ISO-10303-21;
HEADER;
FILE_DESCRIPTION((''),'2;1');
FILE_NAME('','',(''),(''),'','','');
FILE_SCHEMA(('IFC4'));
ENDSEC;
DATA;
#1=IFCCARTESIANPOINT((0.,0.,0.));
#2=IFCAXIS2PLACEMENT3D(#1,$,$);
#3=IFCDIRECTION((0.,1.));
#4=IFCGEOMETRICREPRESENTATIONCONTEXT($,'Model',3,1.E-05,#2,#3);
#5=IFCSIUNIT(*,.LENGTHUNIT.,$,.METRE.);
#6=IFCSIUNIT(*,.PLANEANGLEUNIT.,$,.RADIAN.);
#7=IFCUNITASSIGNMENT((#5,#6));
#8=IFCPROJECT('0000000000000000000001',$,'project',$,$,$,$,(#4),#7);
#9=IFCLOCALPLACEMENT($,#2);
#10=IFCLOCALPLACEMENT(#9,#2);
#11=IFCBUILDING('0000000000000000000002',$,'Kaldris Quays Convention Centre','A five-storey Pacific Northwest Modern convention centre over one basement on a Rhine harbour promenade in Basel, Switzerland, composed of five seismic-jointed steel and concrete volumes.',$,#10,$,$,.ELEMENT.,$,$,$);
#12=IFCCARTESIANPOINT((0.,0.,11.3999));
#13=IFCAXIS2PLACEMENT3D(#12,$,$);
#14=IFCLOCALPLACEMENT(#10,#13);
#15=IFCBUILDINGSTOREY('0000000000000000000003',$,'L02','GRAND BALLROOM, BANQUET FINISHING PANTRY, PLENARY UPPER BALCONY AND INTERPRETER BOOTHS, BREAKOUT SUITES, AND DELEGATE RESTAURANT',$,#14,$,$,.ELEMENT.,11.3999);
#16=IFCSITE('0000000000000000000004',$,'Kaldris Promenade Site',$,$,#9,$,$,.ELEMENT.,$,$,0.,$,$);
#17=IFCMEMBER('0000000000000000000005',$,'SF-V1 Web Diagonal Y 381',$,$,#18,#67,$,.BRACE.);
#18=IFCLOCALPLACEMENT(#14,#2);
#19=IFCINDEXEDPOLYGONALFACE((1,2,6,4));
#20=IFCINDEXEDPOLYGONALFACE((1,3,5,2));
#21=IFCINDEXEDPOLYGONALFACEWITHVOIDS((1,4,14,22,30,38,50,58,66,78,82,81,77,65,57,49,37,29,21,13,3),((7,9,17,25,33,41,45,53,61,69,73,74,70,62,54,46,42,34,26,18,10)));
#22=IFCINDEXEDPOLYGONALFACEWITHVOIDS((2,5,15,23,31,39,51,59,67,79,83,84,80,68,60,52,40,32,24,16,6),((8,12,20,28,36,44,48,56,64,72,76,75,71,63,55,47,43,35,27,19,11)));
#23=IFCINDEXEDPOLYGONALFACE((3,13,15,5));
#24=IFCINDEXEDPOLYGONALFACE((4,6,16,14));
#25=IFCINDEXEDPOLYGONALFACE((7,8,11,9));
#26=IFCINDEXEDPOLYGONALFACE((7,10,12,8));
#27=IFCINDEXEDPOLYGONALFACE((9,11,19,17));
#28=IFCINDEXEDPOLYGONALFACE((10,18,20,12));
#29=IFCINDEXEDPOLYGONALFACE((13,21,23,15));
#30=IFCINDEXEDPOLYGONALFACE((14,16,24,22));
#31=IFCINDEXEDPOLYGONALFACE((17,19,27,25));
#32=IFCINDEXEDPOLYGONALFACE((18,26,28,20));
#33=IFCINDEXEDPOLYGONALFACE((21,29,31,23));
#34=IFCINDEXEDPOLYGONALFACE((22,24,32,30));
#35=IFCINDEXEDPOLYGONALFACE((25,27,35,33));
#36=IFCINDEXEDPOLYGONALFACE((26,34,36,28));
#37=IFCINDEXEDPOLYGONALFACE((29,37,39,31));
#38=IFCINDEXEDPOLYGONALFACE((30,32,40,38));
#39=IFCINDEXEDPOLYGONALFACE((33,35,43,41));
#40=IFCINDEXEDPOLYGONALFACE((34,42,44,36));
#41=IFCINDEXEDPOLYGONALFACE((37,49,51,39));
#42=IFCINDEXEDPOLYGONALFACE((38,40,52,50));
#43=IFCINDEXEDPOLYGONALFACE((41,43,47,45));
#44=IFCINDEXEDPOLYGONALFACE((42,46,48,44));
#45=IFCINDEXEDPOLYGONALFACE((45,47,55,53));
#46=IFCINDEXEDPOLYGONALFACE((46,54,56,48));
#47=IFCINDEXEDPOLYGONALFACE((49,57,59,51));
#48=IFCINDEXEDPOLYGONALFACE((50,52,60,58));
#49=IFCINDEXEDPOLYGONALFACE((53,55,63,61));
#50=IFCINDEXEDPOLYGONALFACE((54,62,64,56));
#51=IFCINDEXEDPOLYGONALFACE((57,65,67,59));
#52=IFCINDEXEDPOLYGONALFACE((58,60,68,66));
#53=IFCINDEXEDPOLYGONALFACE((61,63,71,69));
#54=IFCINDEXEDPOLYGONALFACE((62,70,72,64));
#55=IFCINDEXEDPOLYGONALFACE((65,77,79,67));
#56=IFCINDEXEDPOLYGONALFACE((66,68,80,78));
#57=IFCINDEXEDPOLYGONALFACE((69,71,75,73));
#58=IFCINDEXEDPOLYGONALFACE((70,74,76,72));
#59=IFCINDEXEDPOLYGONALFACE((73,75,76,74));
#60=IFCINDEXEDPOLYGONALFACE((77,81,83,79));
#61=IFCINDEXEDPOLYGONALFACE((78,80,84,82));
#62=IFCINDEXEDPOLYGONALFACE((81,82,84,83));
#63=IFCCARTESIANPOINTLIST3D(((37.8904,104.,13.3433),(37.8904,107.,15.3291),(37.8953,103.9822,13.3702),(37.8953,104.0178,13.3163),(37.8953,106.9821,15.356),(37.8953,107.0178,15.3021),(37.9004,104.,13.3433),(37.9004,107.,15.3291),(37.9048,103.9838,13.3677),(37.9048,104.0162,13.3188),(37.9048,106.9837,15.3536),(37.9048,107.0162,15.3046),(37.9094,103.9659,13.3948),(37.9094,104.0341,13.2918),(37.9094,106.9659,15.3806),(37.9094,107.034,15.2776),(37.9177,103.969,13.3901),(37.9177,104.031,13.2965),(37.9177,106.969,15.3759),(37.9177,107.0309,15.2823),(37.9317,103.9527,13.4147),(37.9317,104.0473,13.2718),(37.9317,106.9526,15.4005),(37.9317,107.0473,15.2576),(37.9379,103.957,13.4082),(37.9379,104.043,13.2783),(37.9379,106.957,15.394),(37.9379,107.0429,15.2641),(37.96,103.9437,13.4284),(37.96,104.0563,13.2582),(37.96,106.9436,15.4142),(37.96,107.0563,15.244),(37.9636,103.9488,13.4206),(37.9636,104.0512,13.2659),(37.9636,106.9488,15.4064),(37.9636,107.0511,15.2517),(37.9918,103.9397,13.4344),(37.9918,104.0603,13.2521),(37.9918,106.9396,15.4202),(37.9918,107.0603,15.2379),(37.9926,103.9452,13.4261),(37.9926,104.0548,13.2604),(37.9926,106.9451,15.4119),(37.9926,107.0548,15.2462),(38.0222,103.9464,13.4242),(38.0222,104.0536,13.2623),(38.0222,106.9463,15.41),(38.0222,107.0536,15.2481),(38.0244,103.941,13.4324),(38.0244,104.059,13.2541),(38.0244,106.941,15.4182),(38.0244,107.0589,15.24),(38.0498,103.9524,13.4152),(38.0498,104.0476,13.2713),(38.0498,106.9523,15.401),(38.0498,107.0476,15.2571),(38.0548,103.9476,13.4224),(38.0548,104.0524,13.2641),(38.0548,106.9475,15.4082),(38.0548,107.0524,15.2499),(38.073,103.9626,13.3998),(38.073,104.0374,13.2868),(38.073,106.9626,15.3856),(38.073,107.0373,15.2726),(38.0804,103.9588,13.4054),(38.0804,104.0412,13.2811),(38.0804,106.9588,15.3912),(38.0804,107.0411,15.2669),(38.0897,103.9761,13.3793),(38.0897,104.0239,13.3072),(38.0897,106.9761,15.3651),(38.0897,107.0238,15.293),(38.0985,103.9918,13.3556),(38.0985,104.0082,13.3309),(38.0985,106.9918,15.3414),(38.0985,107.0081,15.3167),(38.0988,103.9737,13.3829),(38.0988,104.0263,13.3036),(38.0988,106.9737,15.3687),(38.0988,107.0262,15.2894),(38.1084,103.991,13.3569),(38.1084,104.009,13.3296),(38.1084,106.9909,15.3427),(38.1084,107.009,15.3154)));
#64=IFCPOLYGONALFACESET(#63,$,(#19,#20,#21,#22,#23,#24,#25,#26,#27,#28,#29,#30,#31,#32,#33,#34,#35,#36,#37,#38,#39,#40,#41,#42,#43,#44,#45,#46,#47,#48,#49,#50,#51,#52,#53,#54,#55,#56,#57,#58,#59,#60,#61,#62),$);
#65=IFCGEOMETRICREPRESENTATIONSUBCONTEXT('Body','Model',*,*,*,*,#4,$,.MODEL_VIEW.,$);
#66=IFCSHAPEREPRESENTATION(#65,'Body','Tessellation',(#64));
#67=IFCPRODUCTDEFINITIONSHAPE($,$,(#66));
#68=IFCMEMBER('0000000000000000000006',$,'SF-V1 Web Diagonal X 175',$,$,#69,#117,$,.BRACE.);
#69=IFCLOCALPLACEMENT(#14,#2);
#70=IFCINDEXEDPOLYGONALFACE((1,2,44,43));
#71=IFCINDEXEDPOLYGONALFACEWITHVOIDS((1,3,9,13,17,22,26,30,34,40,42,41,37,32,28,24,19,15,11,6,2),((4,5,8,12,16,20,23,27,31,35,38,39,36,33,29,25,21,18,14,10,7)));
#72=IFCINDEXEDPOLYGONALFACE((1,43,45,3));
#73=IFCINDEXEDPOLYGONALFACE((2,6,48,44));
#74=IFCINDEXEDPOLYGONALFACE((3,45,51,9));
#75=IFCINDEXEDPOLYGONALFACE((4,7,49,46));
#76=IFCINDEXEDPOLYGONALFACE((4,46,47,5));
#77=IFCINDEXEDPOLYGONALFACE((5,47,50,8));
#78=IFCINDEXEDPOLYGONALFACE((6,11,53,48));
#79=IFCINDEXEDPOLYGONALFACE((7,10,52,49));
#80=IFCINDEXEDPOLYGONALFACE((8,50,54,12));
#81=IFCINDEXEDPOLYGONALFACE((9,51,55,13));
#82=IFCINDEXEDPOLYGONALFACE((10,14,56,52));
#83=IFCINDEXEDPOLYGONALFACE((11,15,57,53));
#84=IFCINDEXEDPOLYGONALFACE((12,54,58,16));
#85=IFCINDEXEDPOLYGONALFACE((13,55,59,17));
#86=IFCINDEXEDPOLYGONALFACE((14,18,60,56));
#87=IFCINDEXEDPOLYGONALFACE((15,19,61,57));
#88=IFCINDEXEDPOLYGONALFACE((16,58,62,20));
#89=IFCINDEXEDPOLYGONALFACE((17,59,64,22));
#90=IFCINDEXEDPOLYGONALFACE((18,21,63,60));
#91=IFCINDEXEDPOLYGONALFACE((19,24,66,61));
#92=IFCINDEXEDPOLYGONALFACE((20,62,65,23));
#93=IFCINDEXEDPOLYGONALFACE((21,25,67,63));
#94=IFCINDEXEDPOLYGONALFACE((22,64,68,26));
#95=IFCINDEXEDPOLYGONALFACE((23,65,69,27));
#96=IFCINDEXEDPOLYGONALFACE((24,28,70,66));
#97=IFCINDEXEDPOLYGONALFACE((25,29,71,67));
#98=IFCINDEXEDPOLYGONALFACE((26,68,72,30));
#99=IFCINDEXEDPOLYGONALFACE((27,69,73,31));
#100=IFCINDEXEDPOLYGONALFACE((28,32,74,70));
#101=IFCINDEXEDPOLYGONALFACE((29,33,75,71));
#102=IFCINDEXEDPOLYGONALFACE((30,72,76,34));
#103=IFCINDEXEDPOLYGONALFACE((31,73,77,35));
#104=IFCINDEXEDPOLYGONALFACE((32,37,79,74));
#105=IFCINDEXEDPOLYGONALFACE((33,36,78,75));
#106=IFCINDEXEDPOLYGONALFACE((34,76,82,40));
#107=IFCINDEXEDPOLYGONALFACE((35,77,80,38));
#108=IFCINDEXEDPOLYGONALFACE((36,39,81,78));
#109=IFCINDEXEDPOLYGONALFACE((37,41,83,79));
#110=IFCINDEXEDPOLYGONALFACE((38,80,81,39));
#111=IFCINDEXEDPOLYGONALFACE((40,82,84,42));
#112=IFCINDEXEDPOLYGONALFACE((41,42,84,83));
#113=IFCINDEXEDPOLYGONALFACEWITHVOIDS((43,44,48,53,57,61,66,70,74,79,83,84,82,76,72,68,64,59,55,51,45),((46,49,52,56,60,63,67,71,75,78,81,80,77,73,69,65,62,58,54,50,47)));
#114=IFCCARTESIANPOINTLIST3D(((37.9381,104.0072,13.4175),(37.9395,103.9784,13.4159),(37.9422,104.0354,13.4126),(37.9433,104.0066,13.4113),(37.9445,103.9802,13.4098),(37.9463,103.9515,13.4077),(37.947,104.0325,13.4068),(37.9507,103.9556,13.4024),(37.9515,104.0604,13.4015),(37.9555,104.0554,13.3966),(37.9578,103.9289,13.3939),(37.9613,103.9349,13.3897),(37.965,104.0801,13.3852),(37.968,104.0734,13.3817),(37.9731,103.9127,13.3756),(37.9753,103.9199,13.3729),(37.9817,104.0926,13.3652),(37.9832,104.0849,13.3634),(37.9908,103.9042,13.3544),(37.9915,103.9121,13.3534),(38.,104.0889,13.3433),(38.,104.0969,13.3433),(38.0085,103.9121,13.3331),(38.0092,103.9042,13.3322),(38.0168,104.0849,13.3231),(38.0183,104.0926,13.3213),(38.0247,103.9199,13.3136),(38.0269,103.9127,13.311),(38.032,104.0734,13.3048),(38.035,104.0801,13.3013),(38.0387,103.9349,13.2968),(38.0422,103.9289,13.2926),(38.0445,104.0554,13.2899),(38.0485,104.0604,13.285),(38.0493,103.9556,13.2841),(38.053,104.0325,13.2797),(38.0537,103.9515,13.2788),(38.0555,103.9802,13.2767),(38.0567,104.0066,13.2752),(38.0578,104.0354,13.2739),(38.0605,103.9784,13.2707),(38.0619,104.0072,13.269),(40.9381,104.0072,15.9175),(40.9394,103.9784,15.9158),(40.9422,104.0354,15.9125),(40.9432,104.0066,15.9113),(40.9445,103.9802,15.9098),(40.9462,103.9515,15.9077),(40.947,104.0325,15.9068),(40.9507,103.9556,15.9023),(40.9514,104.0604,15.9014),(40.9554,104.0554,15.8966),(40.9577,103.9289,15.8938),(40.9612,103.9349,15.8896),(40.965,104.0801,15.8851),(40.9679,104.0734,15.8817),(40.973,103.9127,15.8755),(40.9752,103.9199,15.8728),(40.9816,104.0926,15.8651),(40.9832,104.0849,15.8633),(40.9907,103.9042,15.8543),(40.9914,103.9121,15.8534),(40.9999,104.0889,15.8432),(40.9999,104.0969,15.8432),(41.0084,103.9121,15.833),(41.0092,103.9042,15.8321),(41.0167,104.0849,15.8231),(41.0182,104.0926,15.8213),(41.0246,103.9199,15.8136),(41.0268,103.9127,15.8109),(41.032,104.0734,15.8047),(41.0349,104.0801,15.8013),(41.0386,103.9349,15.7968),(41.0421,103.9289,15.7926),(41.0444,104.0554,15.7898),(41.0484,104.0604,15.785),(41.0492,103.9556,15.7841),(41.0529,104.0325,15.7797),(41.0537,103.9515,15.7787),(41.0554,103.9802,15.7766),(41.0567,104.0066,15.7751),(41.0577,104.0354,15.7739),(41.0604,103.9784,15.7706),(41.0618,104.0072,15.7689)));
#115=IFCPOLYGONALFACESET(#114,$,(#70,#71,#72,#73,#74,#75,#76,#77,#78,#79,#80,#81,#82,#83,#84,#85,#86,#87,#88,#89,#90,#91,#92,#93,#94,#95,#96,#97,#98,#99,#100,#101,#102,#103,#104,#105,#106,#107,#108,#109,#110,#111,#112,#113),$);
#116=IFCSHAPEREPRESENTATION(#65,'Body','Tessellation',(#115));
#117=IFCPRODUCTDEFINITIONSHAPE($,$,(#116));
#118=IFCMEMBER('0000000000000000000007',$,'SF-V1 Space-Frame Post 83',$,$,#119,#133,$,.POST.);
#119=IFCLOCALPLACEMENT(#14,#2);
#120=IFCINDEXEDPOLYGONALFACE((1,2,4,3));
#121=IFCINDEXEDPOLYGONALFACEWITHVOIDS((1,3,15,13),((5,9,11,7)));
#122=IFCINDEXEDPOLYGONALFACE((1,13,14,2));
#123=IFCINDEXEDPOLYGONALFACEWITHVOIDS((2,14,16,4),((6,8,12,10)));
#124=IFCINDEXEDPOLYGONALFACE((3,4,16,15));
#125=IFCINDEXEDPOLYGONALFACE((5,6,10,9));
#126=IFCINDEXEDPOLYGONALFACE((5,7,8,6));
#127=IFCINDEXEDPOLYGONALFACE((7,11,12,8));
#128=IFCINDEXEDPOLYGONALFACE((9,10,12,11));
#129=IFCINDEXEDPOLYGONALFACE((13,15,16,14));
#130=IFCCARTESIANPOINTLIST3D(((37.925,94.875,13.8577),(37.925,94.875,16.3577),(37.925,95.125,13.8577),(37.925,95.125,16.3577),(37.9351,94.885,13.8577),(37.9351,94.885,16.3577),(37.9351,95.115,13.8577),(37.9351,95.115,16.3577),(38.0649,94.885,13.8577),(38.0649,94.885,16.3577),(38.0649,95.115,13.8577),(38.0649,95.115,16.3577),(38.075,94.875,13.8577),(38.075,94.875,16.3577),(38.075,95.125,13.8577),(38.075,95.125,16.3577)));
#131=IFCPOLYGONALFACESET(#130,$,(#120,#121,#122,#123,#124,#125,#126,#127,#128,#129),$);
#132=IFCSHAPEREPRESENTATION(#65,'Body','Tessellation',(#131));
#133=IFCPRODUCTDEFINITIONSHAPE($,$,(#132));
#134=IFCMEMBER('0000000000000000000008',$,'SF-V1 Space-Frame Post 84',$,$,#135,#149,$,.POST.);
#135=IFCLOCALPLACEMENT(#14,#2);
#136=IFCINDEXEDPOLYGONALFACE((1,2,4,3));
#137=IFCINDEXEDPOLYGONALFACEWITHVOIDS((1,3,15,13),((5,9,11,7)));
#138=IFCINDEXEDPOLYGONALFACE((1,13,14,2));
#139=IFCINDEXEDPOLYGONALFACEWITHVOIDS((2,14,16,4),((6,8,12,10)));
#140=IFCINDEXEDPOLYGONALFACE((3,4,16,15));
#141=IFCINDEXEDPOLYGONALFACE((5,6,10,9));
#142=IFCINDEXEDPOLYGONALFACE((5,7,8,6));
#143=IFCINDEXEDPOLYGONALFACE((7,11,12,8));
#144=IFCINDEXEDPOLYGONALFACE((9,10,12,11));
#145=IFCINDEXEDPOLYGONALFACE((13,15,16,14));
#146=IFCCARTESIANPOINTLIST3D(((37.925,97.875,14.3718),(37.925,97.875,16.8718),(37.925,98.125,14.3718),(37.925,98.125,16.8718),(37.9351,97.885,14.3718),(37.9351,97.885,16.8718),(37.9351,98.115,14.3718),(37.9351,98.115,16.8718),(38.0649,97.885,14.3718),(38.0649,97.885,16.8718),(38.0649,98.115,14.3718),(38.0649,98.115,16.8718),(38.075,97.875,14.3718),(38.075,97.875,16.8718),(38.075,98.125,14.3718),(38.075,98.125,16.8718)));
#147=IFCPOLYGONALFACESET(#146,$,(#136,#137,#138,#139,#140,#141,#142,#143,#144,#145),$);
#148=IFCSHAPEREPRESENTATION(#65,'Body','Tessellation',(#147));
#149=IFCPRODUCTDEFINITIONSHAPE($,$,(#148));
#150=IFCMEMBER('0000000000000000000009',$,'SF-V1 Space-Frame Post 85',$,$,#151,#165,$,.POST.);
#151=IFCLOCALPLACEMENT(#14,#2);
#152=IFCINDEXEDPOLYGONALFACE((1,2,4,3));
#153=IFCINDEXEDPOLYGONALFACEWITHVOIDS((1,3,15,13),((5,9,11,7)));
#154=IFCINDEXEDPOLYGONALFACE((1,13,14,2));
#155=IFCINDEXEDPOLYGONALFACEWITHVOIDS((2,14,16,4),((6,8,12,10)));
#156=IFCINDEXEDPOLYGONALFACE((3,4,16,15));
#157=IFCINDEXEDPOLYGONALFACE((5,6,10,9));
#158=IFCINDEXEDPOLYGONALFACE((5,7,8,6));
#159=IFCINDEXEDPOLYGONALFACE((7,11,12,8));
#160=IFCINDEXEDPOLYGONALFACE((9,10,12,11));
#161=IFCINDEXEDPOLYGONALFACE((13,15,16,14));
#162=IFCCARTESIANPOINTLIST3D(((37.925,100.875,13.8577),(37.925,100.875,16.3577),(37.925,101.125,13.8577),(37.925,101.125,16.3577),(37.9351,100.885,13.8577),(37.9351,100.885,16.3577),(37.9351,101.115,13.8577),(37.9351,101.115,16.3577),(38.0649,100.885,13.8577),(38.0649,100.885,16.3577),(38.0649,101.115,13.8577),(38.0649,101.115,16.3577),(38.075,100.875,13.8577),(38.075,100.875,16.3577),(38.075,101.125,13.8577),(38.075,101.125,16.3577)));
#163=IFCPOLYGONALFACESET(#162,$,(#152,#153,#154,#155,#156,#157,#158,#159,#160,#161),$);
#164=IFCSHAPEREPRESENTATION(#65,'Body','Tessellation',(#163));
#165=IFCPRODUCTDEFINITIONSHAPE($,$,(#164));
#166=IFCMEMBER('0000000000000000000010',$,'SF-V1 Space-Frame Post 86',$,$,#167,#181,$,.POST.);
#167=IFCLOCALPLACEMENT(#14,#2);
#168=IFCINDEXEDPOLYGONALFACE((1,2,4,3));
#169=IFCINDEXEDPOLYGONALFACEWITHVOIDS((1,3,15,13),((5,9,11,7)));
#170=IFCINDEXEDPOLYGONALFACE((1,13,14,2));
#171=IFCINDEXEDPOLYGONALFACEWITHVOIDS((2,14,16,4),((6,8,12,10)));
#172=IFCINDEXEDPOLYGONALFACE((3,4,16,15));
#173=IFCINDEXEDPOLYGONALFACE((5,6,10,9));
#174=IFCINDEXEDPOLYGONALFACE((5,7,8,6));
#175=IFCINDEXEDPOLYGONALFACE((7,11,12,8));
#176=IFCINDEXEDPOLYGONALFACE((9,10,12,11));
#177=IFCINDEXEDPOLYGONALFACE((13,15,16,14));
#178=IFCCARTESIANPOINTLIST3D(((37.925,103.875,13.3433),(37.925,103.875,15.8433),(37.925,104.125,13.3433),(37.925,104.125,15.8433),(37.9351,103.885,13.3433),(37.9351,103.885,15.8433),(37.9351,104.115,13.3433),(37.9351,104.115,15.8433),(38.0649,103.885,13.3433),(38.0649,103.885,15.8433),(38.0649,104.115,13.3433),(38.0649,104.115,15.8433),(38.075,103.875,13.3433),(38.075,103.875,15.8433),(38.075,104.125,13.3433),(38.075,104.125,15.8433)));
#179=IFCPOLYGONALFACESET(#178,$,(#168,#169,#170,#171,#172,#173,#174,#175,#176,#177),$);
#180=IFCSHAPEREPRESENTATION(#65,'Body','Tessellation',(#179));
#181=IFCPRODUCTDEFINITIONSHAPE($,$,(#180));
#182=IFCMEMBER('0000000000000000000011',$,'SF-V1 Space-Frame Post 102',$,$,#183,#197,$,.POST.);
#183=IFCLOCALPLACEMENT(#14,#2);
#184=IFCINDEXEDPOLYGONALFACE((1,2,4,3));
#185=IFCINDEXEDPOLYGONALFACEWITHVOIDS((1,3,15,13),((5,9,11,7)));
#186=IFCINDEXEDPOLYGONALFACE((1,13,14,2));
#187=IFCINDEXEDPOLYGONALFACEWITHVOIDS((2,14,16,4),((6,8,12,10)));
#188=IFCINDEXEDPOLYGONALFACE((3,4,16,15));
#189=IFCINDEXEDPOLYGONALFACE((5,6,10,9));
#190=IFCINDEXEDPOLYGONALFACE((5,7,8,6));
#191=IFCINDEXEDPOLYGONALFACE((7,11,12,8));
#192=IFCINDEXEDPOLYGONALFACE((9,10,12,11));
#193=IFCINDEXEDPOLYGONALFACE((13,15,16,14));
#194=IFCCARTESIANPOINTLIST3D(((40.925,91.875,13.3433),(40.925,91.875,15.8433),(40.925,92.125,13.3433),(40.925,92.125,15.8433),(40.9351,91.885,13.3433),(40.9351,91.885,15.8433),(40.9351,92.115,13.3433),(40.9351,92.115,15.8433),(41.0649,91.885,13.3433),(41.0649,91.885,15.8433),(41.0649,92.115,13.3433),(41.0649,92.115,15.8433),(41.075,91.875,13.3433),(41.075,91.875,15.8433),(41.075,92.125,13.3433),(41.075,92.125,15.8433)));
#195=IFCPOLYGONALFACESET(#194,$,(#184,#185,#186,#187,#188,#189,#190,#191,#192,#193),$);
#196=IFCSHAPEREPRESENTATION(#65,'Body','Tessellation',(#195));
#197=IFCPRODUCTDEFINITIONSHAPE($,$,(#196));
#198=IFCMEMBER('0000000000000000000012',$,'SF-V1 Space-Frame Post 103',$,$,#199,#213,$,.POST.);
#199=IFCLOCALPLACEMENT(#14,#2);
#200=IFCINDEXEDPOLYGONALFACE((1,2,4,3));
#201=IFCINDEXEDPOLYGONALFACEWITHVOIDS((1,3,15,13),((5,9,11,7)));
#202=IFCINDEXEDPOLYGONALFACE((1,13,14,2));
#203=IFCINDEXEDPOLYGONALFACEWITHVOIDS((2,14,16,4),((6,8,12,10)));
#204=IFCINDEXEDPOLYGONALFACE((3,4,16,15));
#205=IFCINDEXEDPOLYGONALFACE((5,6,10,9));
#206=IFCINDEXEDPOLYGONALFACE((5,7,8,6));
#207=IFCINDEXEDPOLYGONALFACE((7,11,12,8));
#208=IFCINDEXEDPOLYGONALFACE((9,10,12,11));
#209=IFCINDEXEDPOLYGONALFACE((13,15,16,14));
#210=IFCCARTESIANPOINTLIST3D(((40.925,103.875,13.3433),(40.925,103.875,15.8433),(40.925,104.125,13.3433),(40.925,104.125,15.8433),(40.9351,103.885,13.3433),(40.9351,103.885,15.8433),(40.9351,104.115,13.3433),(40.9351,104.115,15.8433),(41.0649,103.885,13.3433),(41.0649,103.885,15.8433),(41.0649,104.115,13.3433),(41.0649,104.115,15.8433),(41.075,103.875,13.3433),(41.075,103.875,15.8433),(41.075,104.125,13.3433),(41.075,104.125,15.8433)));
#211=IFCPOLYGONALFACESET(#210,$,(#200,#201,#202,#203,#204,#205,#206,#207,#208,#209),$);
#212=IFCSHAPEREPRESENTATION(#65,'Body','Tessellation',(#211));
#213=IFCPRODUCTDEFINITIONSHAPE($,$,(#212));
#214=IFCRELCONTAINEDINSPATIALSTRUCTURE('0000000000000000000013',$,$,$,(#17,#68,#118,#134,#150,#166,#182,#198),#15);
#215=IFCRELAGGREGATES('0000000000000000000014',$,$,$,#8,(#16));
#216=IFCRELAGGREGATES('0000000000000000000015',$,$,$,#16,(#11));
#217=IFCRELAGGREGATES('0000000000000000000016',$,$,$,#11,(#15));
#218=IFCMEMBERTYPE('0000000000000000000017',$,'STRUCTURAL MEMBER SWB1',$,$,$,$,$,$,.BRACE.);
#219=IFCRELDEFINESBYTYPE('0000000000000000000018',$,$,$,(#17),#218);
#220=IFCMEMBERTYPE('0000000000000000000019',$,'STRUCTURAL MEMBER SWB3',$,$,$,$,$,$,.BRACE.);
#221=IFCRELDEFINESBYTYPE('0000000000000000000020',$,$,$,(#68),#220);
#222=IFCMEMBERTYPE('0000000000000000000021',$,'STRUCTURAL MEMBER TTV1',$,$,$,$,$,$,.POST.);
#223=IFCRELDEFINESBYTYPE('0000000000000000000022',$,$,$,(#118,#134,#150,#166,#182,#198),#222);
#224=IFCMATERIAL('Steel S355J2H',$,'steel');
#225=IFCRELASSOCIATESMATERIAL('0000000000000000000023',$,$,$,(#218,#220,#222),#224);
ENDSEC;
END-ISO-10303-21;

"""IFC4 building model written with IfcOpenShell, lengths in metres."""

from ifc_helpers import new_model, si_unit, direction, frame, origin, origin_2d, place, context, subcontext, project, spatial, hollow_rectangle, hollow_circle, extrude, material, material_profile, profile_set, type_object, element, save


model = new_model("IFC4")

# Units and contexts
model_context = context("Model", 3, precision=1e-05, world=origin(), true_north=direction((0.0, 1.0)))
body_context = subcontext(model_context, "Body", "Model", "MODEL_VIEW")
ifc_project = project(units=[si_unit("LENGTHUNIT", "METRE"), si_unit("PLANEANGLEUNIT", "RADIAN")], contexts=[model_context])

# Site, building, storey
site_placement = place(None, origin())
site = spatial("IfcSite", under=ifc_project, at=site_placement, Name="Kaldris Promenade Site", CompositionType="ELEMENT", RefElevation=0.0)
building_placement = place(site_placement, origin())
building = spatial("IfcBuilding", under=site, at=building_placement, Name="Kaldris Quays Convention Centre", Description="A five-storey Pacific Northwest Modern convention centre over one basement on a Rhine harbour promenade in Basel, Switzerland, composed of five seismic-jointed steel and concrete volumes.", CompositionType="ELEMENT")
storey_placement = place(building_placement, frame((0.0, 0.0, 11.3999)))
storey = spatial("IfcBuildingStorey", under=building, at=storey_placement, Name="L02", Description="GRAND BALLROOM, BANQUET FINISHING PANTRY, PLENARY UPPER BALCONY AND INTERPRETER BOOTHS, BREAKOUT SUITES, AND DELEGATE RESTAURANT", CompositionType="ELEMENT", Elevation=11.3999)

# Members
ifc_material_1 = material(Name="Steel S355J2H", Category="steel")
ifc_material_profile_1 = material_profile(ifc_material_1, hollow_circle(Radius=0.1096, WallThickness=0.01, at=origin_2d()), Name="CHS 219.1x10")
ifc_profile_set_1 = profile_set([ifc_material_profile_1], Name="Steel S355J2H")
member_type_1 = type_object("IfcMemberType", Name="STRUCTURAL MEMBER SWB1", PredefinedType="BRACE", material=ifc_profile_set_1)
member_1_placement = place(storey_placement, frame((38.0, 104.0, 13.3433), z_axis=(0.0, 0.833862, 0.551972), x_axis=(-1.0, 0.0, 0.0)))
element("IfcMember", 1, at=member_1_placement, inside=storey, type_object=member_type_1, Name="SF-V1 Web Diagonal Y 381", PredefinedType="BRACE", context=body_context, shape_type="SweptSolid", body=[
    extrude(hollow_circle(Radius=0.1096, WallThickness=0.01, at=origin_2d()), origin(), (0.0, 0.0, 1.0), 3.5977),
])
ifc_material_profile_2 = material_profile(ifc_material_1, hollow_circle(Radius=0.0969, WallThickness=0.0081, at=origin_2d()), Name="CHS 193.7x8")
ifc_profile_set_2 = profile_set([ifc_material_profile_2], Name="Steel S355J2H")
member_type_2 = type_object("IfcMemberType", Name="STRUCTURAL MEMBER SWB3", PredefinedType="BRACE", material=ifc_profile_set_2)
member_2_placement = place(storey_placement, frame((38.0, 104.0, 13.3433), z_axis=(0.768221, 0.0, 0.640184), x_axis=(0.0, 1.0, 0.0)))
element("IfcMember", 2, at=member_2_placement, inside=storey, type_object=member_type_2, Name="SF-V1 Web Diagonal X 175", PredefinedType="BRACE", context=body_context, shape_type="SweptSolid", body=[
    extrude(hollow_circle(Radius=0.0969, WallThickness=0.0081, at=origin_2d()), origin(), (0.0, 0.0, 1.0), 3.905),
])
ifc_material_profile_3 = material_profile(ifc_material_1, hollow_rectangle(XDim=0.1499, YDim=0.25, WallThickness=0.01, at=origin_2d()), Name="RHS 250x150x10")
ifc_profile_set_3 = profile_set([ifc_material_profile_3], Name="Steel S355J2H")
member_type_3 = type_object("IfcMemberType", Name="STRUCTURAL MEMBER TTV1", PredefinedType="POST", material=ifc_profile_set_3)
for number, where, z_axis, x_axis, name in (
    (3, (38.0, 95.0, 13.8577), (0.0, 0.0, 1.0), (1.0, 0.0, 0.0), "SF-V1 Space-Frame Post 83"),
    (4, (38.0, 98.0, 14.3718), (0.0, 0.0, 1.0), (1.0, 0.0, 0.0), "SF-V1 Space-Frame Post 84"),
    (5, (38.0, 101.0, 13.8577), (0.0, 0.0, 1.0), (1.0, 0.0, 0.0), "SF-V1 Space-Frame Post 85"),
    (6, (38.0, 104.0, 13.3433), (0.0, 0.0, 1.0), (1.0, 0.0, 0.0), "SF-V1 Space-Frame Post 86"),
    (7, (41.0, 92.0, 13.3433), (0.0, 0.0, 1.0), (1.0, 0.0, 0.0), "SF-V1 Space-Frame Post 102"),
    (8, (41.0, 104.0, 13.3433), (0.0, 0.0, 1.0), (1.0, 0.0, 0.0), "SF-V1 Space-Frame Post 103"),
):
    element("IfcMember", number, at=place(storey_placement, frame(where, z_axis=z_axis, x_axis=x_axis)), inside=storey, type_object=member_type_3, Name=name, PredefinedType="POST", context=body_context, shape_type="SweptSolid", body=[
        extrude(hollow_rectangle(XDim=0.1499, YDim=0.25, WallThickness=0.01, at=origin_2d()), origin(), (0.0, 0.0, 1.0), 2.5),
    ])

save(model, "model.ifc")
